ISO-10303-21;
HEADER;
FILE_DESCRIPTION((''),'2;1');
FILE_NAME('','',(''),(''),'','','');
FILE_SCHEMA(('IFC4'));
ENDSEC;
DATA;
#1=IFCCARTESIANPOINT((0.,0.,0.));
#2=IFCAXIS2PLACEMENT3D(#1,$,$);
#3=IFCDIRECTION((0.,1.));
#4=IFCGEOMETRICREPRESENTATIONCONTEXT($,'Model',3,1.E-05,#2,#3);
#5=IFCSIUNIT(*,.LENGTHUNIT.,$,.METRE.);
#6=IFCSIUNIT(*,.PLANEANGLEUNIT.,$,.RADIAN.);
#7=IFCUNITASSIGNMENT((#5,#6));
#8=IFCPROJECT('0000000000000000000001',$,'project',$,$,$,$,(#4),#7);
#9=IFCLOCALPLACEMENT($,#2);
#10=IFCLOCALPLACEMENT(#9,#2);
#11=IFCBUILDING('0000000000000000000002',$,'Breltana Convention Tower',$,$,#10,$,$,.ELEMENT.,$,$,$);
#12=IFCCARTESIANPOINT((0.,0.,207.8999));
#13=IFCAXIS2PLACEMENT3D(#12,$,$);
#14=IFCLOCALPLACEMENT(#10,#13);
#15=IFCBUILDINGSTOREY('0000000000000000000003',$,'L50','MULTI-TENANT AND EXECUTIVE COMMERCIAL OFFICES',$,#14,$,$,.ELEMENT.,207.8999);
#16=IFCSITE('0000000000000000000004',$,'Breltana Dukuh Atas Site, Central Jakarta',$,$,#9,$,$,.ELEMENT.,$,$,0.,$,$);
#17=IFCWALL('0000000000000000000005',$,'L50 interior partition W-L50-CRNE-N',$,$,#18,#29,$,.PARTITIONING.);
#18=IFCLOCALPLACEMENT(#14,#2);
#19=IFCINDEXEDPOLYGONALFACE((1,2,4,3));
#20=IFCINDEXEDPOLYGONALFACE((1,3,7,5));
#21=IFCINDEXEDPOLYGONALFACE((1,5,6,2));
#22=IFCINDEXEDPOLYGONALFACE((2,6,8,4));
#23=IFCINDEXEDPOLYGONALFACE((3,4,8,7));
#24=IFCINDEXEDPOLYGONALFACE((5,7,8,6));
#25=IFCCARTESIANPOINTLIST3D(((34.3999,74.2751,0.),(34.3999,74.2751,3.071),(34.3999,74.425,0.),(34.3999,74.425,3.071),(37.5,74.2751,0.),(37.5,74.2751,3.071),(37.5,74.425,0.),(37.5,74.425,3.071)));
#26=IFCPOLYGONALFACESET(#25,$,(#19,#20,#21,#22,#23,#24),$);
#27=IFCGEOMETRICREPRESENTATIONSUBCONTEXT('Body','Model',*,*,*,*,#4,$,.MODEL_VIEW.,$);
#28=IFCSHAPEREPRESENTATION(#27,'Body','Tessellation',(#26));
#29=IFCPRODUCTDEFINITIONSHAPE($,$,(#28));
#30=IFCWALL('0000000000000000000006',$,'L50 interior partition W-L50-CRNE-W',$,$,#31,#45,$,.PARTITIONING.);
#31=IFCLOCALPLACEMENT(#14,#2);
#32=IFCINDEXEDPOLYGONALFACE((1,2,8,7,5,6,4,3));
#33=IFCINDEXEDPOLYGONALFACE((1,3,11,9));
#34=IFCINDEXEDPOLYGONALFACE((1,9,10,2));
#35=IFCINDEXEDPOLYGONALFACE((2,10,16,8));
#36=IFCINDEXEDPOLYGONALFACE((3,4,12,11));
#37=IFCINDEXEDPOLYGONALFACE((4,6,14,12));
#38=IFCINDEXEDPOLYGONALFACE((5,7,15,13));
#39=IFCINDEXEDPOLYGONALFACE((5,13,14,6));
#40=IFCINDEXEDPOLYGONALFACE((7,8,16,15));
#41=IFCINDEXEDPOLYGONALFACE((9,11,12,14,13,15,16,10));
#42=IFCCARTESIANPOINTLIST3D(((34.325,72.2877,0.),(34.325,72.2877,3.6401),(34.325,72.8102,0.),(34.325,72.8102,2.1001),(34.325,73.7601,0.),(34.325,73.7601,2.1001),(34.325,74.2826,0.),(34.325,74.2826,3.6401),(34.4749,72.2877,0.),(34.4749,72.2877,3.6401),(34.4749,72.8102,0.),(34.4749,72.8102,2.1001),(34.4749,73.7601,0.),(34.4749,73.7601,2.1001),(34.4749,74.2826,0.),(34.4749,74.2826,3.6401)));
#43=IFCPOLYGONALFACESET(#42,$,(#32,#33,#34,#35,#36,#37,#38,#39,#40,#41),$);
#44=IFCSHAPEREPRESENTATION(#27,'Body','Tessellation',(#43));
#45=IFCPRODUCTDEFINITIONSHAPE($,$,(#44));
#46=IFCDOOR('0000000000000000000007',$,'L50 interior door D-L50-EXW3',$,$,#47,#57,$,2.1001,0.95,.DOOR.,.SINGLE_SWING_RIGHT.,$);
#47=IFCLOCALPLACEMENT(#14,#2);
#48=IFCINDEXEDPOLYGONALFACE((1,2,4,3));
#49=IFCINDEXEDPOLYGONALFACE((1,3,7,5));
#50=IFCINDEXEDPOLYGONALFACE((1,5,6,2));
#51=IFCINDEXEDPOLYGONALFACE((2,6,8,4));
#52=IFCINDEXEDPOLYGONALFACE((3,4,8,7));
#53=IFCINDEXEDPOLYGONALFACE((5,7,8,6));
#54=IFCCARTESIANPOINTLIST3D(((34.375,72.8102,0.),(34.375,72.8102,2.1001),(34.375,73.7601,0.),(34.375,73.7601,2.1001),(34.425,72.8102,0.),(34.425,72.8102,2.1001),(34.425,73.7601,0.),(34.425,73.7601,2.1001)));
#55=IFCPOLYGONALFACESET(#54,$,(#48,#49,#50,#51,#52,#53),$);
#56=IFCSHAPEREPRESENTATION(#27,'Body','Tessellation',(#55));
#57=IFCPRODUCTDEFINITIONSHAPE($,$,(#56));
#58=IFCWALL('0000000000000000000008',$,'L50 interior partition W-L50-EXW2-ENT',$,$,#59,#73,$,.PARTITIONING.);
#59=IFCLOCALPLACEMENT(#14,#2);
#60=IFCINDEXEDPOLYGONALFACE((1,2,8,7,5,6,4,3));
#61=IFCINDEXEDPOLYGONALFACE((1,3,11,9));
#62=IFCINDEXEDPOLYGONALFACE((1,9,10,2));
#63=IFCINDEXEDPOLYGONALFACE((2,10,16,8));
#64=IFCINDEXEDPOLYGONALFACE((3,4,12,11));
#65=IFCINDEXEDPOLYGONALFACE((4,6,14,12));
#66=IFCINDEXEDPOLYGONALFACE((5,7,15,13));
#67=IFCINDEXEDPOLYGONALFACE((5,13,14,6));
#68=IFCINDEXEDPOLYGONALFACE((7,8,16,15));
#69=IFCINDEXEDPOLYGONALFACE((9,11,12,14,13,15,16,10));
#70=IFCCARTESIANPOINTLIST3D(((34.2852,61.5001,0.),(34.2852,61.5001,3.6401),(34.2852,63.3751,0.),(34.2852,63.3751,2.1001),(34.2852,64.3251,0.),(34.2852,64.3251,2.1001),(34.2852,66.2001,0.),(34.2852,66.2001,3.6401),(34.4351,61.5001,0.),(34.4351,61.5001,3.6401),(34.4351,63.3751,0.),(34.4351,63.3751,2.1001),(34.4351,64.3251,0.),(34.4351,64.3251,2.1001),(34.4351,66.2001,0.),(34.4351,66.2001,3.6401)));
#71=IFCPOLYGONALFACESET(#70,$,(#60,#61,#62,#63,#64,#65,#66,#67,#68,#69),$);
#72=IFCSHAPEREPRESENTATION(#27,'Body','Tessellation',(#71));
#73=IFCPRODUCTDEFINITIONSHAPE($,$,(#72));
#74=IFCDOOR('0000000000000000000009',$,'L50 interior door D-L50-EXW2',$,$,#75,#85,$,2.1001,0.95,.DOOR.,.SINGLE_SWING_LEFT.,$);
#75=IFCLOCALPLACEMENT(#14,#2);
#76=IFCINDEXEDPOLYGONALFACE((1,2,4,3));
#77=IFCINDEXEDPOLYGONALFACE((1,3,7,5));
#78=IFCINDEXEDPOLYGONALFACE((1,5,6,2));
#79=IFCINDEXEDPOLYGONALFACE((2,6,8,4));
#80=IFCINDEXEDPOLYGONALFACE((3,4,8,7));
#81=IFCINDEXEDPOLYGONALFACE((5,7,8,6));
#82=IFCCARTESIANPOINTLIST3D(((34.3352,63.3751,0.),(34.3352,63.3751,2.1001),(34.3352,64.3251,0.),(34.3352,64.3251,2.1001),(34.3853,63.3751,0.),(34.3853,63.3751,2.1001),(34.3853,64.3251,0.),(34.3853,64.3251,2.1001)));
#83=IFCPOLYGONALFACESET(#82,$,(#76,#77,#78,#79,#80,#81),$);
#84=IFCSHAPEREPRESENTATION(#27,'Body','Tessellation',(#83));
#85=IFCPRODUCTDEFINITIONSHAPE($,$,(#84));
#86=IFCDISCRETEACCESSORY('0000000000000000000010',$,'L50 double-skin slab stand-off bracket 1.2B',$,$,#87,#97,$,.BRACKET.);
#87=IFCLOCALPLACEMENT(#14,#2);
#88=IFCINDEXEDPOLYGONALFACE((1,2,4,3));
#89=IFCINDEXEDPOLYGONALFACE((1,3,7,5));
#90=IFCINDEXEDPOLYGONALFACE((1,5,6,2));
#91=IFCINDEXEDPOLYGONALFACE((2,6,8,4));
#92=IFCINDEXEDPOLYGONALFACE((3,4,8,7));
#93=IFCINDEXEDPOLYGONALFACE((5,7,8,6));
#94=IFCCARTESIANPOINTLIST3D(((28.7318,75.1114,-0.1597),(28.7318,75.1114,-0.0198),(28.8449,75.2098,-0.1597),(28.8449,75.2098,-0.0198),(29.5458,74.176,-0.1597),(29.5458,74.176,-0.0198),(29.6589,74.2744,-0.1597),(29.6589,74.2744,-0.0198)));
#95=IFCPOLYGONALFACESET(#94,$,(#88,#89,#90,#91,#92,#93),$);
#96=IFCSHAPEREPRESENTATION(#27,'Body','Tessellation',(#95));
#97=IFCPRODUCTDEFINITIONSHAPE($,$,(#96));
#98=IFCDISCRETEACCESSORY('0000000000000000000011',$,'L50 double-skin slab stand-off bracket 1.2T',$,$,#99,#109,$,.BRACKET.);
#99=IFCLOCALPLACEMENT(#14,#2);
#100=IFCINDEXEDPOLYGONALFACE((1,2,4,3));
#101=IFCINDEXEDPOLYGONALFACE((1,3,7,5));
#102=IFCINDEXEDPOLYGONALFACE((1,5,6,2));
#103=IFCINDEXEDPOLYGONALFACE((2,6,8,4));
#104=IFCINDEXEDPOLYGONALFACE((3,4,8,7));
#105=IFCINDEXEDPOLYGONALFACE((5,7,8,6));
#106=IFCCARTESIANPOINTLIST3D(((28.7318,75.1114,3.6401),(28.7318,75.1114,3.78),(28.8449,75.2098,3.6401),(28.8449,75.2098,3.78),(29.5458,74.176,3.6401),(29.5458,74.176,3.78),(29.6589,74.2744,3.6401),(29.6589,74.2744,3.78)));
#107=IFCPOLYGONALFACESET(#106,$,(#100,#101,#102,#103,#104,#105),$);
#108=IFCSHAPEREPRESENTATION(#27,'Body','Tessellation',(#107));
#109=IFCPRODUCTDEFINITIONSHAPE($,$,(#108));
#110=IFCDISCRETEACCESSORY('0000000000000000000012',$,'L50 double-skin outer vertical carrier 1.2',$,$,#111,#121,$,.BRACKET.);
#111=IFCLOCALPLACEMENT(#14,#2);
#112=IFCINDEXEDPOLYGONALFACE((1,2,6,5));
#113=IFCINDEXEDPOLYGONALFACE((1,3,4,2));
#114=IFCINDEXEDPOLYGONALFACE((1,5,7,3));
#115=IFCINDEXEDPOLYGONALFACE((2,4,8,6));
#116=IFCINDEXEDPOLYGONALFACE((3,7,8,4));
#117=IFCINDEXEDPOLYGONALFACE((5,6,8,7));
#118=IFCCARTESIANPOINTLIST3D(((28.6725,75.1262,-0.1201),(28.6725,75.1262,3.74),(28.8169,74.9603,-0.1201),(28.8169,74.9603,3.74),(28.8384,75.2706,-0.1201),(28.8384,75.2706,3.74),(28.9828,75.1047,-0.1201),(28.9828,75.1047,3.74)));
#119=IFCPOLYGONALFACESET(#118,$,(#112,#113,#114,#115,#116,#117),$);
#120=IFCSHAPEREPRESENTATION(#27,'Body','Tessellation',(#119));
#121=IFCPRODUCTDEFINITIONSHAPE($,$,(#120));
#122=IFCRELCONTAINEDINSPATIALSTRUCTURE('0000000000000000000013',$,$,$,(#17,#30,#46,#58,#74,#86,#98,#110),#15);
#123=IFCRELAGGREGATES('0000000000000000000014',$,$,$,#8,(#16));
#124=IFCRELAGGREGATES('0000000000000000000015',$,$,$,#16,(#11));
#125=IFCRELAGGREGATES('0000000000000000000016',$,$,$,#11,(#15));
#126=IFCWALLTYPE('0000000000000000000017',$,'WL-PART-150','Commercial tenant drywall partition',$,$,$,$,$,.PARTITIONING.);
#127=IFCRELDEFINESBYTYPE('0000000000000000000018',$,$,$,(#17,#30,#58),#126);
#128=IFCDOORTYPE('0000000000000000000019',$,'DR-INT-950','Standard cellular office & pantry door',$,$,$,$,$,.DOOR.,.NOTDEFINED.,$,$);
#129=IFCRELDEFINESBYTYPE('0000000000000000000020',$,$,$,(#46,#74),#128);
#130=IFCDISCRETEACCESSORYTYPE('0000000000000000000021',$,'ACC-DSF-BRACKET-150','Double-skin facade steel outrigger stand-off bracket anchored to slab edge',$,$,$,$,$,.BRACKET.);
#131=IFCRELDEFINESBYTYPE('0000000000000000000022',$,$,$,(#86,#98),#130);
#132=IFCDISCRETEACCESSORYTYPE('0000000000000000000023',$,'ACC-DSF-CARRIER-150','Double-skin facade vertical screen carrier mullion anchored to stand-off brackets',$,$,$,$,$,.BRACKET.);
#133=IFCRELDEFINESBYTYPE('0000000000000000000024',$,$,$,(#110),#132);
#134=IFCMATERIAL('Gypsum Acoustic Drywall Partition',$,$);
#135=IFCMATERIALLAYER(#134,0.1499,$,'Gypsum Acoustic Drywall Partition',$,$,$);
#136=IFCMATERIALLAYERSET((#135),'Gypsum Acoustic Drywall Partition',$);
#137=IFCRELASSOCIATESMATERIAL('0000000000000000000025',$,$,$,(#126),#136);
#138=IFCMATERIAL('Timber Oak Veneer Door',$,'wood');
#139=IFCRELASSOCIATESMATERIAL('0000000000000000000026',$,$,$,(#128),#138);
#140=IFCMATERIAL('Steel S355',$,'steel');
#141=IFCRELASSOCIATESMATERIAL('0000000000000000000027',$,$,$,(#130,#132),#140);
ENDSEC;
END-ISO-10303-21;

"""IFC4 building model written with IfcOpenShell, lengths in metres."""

from ifc_helpers import new_model, si_unit, direction, frame, frame_2d, origin, origin_2d, place, context, subcontext, project, spatial, rectangle, extrude, source, transform, mapped, material, layer, layer_set, type_object, type_shapes, element, fill, save


model = new_model("IFC4")

# Units and contexts
model_context = context("Model", 3, precision=1e-05, world=origin(), true_north=direction((0.0, 1.0)))
body_context = subcontext(model_context, "Body", "Model", "MODEL_VIEW")
ifc_project = project(units=[si_unit("LENGTHUNIT", "METRE"), si_unit("PLANEANGLEUNIT", "RADIAN")], contexts=[model_context])

# Site, building, storey
site_placement = place(None, origin())
site = spatial("IfcSite", under=ifc_project, at=site_placement, Name="Breltana Dukuh Atas Site, Central Jakarta", CompositionType="ELEMENT", RefElevation=0.0)
building_placement = place(site_placement, origin())
building = spatial("IfcBuilding", under=site, at=building_placement, Name="Breltana Convention Tower", CompositionType="ELEMENT")
storey_placement = place(building_placement, frame((0.0, 0.0, 207.8999)))
storey = spatial("IfcBuildingStorey", under=building, at=storey_placement, Name="L50", Description="MULTI-TENANT AND EXECUTIVE COMMERCIAL OFFICES", CompositionType="ELEMENT", Elevation=207.8999)

# Wall
ifc_material_1 = material(Name="Gypsum Acoustic Drywall Partition")
ifc_layer_1 = layer(ifc_material_1, 0.1499, Name="Gypsum Acoustic Drywall Partition")
ifc_layer_set_1 = layer_set([ifc_layer_1], Name="Gypsum Acoustic Drywall Partition")
wall_type_1 = type_object("IfcWallType", Name="WL-PART-150", Description="Commercial tenant drywall partition", PredefinedType="PARTITIONING", material=ifc_layer_set_1)
shared_shape_1 = source(origin(), body_context, "Body", "SweptSolid", [
    extrude(rectangle(XDim=3.1001, YDim=0.1499, at=frame_2d((1.55, 0.0))), origin(), (0.0, 0.0, 1.0), 3.071),
])
wall_1_placement = place(storey_placement, frame((34.3999, 74.3501, 0.0), z_axis=(0.0, 0.0, 1.0), x_axis=(1.0, 0.0, 0.0)))
element("IfcWall", 1, at=wall_1_placement, inside=storey, type_object=wall_type_1, Name="L50 interior partition W-L50-CRNE-N", PredefinedType="PARTITIONING", context=body_context, shape_type="MappedRepresentation", body=[
    mapped(shared_shape_1, transform((0.0, 0.0, 0.0), scale=1.0)),
])

# Walls, openings, doors
shared_shape_2 = source(origin(), body_context, "Body", "SweptSolid", [
    extrude(rectangle(XDim=1.9949, YDim=0.1499, at=frame_2d((0.9976, 0.0))), origin(), (0.0, 0.0, 1.0), 3.6401),
])
wall_2_placement = place(storey_placement, frame((34.3999, 72.2876, 0.0), z_axis=(0.0, 0.0, 1.0), x_axis=(0.0, 1.0, 0.0)))
wall_2 = element("IfcWall", 2, at=wall_2_placement, inside=storey, type_object=wall_type_1, Name="L50 interior partition W-L50-CRNE-W", PredefinedType="PARTITIONING", context=body_context, shape_type="MappedRepresentation", body=[
    mapped(shared_shape_2, transform((0.0, 0.0, 0.0), scale=1.0)),
])
opening_1_placement = place(wall_2_placement, frame((0.5225, 0.0, 0.0)))
opening_1 = element("IfcOpeningElement", 3, at=opening_1_placement, cuts=wall_2, PredefinedType="OPENING", context=body_context, shape_type="SweptSolid", body=[
    extrude(rectangle(XDim=0.95, YDim=2.1001, at=frame_2d((0.4751, 1.05))), frame((0.0, 0.085, 0.0), z_axis=(0.0, -1.0, 0.0), x_axis=(1.0, 0.0, 0.0)), (0.0, 0.0, 1.0), 0.1699),
])
ifc_material_2 = material(Name="Timber Oak Veneer Door", Category="wood")
door_type_1 = type_object("IfcDoorType", Name="DR-INT-950", Description="Standard cellular office & pantry door", OperationType="NOTDEFINED", PredefinedType="DOOR", material=ifc_material_2)
shared_shape_3 = source(origin(), body_context, "Body", "SweptSolid", [
    extrude(rectangle(XDim=0.95, YDim=2.1001, at=frame_2d((0.4751, 1.05))), frame((0.0, 0.0249, 0.0), z_axis=(0.0, -1.0, 0.0), x_axis=(1.0, 0.0, 0.0)), (0.0, 0.0, 1.0), 0.05),
])
type_shapes(door_type_1, [shared_shape_3])
door_1_placement = place(opening_1_placement, origin())
door_1 = element("IfcDoor", 4, at=door_1_placement, inside=storey, type_object=door_type_1, Name="L50 interior door D-L50-EXW3", OperationType="SINGLE_SWING_RIGHT", OverallHeight=2.1001, OverallWidth=0.95, PredefinedType="DOOR", context=body_context, shape_type="MappedRepresentation", body=[
    mapped(shared_shape_3, transform((0.0, 0.0, 0.0), scale=1.0)),
])
fill(opening_1, door_1)
shared_shape_4 = source(origin(), body_context, "Body", "SweptSolid", [
    extrude(rectangle(XDim=4.7, YDim=0.1499, at=frame_2d((2.3501, 0.0))), origin(), (0.0, 0.0, 1.0), 3.6401),
])
wall_3_placement = place(storey_placement, frame((34.3601, 61.5, 0.0), z_axis=(0.0, 0.0, 1.0), x_axis=(0.0, 1.0, 0.0)))
wall_3 = element("IfcWall", 5, at=wall_3_placement, inside=storey, type_object=wall_type_1, Name="L50 interior partition W-L50-EXW2-ENT", PredefinedType="PARTITIONING", context=body_context, shape_type="MappedRepresentation", body=[
    mapped(shared_shape_4, transform((0.0, 0.0, 0.0), scale=1.0)),
])
opening_2_placement = place(wall_3_placement, frame((1.875, 0.0, 0.0)))
opening_2 = element("IfcOpeningElement", 6, at=opening_2_placement, cuts=wall_3, PredefinedType="OPENING", context=body_context, shape_type="SweptSolid", body=[
    extrude(rectangle(XDim=0.95, YDim=2.1001, at=frame_2d((0.4751, 1.05))), frame((0.0, 0.085, 0.0), z_axis=(0.0, -1.0, 0.0), x_axis=(1.0, 0.0, 0.0)), (0.0, 0.0, 1.0), 0.1699),
])
door_2_placement = place(opening_2_placement, origin())
door_2 = element("IfcDoor", 7, at=door_2_placement, inside=storey, type_object=door_type_1, Name="L50 interior door D-L50-EXW2", OperationType="SINGLE_SWING_LEFT", OverallHeight=2.1001, OverallWidth=0.95, PredefinedType="DOOR", context=body_context, shape_type="MappedRepresentation", body=[
    mapped(shared_shape_3, transform((0.0, 0.0, 0.0), scale=1.0)),
])
fill(opening_2, door_2)

# Discrete accessories
ifc_material_3 = material(Name="Steel S355", Category="steel")
discrete_accessory_type_1 = type_object("IfcDiscreteAccessoryType", Name="ACC-DSF-BRACKET-150", Description="Double-skin facade steel outrigger stand-off bracket anchored to slab edge", PredefinedType="BRACKET", material=ifc_material_3)
shared_shape_5 = source(origin(), body_context, "Body", "SweptSolid", [
    extrude(rectangle(XDim=1.24, YDim=0.1499, at=origin_2d()), origin(), (0.0, 0.0, 1.0), 0.1399),
])
type_shapes(discrete_accessory_type_1, [shared_shape_5])
for number, where, z_axis, x_axis, name in (
    (8, (29.1953, 74.6929, -0.1597), (0.0, 0.0, 1.0), (-0.656452, 0.754368, 0.0), "L50 double-skin slab stand-off bracket 1.2B"),
    (9, (29.1953, 74.6929, 3.6401), (0.0, 0.0, 1.0), (-0.656452, 0.754368, 0.0), "L50 double-skin slab stand-off bracket 1.2T"),
):
    element("IfcDiscreteAccessory", number, at=place(storey_placement, frame(where, z_axis=z_axis, x_axis=x_axis)), inside=storey, type_object=discrete_accessory_type_1, Name=name, PredefinedType="BRACKET", context=body_context, shape_type="MappedRepresentation", body=[
        mapped(shared_shape_5, transform((0.0, 0.0, 0.0), scale=1.0)),
    ])
discrete_accessory_type_2 = type_object("IfcDiscreteAccessoryType", Name="ACC-DSF-CARRIER-150", Description="Double-skin facade vertical screen carrier mullion anchored to stand-off brackets", PredefinedType="BRACKET", material=ifc_material_3)
shared_shape_6 = source(origin(), body_context, "Body", "SweptSolid", [
    extrude(rectangle(XDim=0.22, YDim=0.22, at=origin_2d()), origin(), (0.0, 0.0, 1.0), 3.8601),
])
discrete_accessory_placement = place(storey_placement, frame((28.8276, 75.1155, -0.1201), z_axis=(0.0, 0.0, 1.0), x_axis=(-0.656452, 0.754368, 0.0)))
element("IfcDiscreteAccessory", 10, at=discrete_accessory_placement, inside=storey, type_object=discrete_accessory_type_2, Name="L50 double-skin outer vertical carrier 1.2", PredefinedType="BRACKET", context=body_context, shape_type="MappedRepresentation", body=[
    mapped(shared_shape_6, transform((0.0, 0.0, 0.0), scale=1.0)),
])

save(model, "model.ifc")
